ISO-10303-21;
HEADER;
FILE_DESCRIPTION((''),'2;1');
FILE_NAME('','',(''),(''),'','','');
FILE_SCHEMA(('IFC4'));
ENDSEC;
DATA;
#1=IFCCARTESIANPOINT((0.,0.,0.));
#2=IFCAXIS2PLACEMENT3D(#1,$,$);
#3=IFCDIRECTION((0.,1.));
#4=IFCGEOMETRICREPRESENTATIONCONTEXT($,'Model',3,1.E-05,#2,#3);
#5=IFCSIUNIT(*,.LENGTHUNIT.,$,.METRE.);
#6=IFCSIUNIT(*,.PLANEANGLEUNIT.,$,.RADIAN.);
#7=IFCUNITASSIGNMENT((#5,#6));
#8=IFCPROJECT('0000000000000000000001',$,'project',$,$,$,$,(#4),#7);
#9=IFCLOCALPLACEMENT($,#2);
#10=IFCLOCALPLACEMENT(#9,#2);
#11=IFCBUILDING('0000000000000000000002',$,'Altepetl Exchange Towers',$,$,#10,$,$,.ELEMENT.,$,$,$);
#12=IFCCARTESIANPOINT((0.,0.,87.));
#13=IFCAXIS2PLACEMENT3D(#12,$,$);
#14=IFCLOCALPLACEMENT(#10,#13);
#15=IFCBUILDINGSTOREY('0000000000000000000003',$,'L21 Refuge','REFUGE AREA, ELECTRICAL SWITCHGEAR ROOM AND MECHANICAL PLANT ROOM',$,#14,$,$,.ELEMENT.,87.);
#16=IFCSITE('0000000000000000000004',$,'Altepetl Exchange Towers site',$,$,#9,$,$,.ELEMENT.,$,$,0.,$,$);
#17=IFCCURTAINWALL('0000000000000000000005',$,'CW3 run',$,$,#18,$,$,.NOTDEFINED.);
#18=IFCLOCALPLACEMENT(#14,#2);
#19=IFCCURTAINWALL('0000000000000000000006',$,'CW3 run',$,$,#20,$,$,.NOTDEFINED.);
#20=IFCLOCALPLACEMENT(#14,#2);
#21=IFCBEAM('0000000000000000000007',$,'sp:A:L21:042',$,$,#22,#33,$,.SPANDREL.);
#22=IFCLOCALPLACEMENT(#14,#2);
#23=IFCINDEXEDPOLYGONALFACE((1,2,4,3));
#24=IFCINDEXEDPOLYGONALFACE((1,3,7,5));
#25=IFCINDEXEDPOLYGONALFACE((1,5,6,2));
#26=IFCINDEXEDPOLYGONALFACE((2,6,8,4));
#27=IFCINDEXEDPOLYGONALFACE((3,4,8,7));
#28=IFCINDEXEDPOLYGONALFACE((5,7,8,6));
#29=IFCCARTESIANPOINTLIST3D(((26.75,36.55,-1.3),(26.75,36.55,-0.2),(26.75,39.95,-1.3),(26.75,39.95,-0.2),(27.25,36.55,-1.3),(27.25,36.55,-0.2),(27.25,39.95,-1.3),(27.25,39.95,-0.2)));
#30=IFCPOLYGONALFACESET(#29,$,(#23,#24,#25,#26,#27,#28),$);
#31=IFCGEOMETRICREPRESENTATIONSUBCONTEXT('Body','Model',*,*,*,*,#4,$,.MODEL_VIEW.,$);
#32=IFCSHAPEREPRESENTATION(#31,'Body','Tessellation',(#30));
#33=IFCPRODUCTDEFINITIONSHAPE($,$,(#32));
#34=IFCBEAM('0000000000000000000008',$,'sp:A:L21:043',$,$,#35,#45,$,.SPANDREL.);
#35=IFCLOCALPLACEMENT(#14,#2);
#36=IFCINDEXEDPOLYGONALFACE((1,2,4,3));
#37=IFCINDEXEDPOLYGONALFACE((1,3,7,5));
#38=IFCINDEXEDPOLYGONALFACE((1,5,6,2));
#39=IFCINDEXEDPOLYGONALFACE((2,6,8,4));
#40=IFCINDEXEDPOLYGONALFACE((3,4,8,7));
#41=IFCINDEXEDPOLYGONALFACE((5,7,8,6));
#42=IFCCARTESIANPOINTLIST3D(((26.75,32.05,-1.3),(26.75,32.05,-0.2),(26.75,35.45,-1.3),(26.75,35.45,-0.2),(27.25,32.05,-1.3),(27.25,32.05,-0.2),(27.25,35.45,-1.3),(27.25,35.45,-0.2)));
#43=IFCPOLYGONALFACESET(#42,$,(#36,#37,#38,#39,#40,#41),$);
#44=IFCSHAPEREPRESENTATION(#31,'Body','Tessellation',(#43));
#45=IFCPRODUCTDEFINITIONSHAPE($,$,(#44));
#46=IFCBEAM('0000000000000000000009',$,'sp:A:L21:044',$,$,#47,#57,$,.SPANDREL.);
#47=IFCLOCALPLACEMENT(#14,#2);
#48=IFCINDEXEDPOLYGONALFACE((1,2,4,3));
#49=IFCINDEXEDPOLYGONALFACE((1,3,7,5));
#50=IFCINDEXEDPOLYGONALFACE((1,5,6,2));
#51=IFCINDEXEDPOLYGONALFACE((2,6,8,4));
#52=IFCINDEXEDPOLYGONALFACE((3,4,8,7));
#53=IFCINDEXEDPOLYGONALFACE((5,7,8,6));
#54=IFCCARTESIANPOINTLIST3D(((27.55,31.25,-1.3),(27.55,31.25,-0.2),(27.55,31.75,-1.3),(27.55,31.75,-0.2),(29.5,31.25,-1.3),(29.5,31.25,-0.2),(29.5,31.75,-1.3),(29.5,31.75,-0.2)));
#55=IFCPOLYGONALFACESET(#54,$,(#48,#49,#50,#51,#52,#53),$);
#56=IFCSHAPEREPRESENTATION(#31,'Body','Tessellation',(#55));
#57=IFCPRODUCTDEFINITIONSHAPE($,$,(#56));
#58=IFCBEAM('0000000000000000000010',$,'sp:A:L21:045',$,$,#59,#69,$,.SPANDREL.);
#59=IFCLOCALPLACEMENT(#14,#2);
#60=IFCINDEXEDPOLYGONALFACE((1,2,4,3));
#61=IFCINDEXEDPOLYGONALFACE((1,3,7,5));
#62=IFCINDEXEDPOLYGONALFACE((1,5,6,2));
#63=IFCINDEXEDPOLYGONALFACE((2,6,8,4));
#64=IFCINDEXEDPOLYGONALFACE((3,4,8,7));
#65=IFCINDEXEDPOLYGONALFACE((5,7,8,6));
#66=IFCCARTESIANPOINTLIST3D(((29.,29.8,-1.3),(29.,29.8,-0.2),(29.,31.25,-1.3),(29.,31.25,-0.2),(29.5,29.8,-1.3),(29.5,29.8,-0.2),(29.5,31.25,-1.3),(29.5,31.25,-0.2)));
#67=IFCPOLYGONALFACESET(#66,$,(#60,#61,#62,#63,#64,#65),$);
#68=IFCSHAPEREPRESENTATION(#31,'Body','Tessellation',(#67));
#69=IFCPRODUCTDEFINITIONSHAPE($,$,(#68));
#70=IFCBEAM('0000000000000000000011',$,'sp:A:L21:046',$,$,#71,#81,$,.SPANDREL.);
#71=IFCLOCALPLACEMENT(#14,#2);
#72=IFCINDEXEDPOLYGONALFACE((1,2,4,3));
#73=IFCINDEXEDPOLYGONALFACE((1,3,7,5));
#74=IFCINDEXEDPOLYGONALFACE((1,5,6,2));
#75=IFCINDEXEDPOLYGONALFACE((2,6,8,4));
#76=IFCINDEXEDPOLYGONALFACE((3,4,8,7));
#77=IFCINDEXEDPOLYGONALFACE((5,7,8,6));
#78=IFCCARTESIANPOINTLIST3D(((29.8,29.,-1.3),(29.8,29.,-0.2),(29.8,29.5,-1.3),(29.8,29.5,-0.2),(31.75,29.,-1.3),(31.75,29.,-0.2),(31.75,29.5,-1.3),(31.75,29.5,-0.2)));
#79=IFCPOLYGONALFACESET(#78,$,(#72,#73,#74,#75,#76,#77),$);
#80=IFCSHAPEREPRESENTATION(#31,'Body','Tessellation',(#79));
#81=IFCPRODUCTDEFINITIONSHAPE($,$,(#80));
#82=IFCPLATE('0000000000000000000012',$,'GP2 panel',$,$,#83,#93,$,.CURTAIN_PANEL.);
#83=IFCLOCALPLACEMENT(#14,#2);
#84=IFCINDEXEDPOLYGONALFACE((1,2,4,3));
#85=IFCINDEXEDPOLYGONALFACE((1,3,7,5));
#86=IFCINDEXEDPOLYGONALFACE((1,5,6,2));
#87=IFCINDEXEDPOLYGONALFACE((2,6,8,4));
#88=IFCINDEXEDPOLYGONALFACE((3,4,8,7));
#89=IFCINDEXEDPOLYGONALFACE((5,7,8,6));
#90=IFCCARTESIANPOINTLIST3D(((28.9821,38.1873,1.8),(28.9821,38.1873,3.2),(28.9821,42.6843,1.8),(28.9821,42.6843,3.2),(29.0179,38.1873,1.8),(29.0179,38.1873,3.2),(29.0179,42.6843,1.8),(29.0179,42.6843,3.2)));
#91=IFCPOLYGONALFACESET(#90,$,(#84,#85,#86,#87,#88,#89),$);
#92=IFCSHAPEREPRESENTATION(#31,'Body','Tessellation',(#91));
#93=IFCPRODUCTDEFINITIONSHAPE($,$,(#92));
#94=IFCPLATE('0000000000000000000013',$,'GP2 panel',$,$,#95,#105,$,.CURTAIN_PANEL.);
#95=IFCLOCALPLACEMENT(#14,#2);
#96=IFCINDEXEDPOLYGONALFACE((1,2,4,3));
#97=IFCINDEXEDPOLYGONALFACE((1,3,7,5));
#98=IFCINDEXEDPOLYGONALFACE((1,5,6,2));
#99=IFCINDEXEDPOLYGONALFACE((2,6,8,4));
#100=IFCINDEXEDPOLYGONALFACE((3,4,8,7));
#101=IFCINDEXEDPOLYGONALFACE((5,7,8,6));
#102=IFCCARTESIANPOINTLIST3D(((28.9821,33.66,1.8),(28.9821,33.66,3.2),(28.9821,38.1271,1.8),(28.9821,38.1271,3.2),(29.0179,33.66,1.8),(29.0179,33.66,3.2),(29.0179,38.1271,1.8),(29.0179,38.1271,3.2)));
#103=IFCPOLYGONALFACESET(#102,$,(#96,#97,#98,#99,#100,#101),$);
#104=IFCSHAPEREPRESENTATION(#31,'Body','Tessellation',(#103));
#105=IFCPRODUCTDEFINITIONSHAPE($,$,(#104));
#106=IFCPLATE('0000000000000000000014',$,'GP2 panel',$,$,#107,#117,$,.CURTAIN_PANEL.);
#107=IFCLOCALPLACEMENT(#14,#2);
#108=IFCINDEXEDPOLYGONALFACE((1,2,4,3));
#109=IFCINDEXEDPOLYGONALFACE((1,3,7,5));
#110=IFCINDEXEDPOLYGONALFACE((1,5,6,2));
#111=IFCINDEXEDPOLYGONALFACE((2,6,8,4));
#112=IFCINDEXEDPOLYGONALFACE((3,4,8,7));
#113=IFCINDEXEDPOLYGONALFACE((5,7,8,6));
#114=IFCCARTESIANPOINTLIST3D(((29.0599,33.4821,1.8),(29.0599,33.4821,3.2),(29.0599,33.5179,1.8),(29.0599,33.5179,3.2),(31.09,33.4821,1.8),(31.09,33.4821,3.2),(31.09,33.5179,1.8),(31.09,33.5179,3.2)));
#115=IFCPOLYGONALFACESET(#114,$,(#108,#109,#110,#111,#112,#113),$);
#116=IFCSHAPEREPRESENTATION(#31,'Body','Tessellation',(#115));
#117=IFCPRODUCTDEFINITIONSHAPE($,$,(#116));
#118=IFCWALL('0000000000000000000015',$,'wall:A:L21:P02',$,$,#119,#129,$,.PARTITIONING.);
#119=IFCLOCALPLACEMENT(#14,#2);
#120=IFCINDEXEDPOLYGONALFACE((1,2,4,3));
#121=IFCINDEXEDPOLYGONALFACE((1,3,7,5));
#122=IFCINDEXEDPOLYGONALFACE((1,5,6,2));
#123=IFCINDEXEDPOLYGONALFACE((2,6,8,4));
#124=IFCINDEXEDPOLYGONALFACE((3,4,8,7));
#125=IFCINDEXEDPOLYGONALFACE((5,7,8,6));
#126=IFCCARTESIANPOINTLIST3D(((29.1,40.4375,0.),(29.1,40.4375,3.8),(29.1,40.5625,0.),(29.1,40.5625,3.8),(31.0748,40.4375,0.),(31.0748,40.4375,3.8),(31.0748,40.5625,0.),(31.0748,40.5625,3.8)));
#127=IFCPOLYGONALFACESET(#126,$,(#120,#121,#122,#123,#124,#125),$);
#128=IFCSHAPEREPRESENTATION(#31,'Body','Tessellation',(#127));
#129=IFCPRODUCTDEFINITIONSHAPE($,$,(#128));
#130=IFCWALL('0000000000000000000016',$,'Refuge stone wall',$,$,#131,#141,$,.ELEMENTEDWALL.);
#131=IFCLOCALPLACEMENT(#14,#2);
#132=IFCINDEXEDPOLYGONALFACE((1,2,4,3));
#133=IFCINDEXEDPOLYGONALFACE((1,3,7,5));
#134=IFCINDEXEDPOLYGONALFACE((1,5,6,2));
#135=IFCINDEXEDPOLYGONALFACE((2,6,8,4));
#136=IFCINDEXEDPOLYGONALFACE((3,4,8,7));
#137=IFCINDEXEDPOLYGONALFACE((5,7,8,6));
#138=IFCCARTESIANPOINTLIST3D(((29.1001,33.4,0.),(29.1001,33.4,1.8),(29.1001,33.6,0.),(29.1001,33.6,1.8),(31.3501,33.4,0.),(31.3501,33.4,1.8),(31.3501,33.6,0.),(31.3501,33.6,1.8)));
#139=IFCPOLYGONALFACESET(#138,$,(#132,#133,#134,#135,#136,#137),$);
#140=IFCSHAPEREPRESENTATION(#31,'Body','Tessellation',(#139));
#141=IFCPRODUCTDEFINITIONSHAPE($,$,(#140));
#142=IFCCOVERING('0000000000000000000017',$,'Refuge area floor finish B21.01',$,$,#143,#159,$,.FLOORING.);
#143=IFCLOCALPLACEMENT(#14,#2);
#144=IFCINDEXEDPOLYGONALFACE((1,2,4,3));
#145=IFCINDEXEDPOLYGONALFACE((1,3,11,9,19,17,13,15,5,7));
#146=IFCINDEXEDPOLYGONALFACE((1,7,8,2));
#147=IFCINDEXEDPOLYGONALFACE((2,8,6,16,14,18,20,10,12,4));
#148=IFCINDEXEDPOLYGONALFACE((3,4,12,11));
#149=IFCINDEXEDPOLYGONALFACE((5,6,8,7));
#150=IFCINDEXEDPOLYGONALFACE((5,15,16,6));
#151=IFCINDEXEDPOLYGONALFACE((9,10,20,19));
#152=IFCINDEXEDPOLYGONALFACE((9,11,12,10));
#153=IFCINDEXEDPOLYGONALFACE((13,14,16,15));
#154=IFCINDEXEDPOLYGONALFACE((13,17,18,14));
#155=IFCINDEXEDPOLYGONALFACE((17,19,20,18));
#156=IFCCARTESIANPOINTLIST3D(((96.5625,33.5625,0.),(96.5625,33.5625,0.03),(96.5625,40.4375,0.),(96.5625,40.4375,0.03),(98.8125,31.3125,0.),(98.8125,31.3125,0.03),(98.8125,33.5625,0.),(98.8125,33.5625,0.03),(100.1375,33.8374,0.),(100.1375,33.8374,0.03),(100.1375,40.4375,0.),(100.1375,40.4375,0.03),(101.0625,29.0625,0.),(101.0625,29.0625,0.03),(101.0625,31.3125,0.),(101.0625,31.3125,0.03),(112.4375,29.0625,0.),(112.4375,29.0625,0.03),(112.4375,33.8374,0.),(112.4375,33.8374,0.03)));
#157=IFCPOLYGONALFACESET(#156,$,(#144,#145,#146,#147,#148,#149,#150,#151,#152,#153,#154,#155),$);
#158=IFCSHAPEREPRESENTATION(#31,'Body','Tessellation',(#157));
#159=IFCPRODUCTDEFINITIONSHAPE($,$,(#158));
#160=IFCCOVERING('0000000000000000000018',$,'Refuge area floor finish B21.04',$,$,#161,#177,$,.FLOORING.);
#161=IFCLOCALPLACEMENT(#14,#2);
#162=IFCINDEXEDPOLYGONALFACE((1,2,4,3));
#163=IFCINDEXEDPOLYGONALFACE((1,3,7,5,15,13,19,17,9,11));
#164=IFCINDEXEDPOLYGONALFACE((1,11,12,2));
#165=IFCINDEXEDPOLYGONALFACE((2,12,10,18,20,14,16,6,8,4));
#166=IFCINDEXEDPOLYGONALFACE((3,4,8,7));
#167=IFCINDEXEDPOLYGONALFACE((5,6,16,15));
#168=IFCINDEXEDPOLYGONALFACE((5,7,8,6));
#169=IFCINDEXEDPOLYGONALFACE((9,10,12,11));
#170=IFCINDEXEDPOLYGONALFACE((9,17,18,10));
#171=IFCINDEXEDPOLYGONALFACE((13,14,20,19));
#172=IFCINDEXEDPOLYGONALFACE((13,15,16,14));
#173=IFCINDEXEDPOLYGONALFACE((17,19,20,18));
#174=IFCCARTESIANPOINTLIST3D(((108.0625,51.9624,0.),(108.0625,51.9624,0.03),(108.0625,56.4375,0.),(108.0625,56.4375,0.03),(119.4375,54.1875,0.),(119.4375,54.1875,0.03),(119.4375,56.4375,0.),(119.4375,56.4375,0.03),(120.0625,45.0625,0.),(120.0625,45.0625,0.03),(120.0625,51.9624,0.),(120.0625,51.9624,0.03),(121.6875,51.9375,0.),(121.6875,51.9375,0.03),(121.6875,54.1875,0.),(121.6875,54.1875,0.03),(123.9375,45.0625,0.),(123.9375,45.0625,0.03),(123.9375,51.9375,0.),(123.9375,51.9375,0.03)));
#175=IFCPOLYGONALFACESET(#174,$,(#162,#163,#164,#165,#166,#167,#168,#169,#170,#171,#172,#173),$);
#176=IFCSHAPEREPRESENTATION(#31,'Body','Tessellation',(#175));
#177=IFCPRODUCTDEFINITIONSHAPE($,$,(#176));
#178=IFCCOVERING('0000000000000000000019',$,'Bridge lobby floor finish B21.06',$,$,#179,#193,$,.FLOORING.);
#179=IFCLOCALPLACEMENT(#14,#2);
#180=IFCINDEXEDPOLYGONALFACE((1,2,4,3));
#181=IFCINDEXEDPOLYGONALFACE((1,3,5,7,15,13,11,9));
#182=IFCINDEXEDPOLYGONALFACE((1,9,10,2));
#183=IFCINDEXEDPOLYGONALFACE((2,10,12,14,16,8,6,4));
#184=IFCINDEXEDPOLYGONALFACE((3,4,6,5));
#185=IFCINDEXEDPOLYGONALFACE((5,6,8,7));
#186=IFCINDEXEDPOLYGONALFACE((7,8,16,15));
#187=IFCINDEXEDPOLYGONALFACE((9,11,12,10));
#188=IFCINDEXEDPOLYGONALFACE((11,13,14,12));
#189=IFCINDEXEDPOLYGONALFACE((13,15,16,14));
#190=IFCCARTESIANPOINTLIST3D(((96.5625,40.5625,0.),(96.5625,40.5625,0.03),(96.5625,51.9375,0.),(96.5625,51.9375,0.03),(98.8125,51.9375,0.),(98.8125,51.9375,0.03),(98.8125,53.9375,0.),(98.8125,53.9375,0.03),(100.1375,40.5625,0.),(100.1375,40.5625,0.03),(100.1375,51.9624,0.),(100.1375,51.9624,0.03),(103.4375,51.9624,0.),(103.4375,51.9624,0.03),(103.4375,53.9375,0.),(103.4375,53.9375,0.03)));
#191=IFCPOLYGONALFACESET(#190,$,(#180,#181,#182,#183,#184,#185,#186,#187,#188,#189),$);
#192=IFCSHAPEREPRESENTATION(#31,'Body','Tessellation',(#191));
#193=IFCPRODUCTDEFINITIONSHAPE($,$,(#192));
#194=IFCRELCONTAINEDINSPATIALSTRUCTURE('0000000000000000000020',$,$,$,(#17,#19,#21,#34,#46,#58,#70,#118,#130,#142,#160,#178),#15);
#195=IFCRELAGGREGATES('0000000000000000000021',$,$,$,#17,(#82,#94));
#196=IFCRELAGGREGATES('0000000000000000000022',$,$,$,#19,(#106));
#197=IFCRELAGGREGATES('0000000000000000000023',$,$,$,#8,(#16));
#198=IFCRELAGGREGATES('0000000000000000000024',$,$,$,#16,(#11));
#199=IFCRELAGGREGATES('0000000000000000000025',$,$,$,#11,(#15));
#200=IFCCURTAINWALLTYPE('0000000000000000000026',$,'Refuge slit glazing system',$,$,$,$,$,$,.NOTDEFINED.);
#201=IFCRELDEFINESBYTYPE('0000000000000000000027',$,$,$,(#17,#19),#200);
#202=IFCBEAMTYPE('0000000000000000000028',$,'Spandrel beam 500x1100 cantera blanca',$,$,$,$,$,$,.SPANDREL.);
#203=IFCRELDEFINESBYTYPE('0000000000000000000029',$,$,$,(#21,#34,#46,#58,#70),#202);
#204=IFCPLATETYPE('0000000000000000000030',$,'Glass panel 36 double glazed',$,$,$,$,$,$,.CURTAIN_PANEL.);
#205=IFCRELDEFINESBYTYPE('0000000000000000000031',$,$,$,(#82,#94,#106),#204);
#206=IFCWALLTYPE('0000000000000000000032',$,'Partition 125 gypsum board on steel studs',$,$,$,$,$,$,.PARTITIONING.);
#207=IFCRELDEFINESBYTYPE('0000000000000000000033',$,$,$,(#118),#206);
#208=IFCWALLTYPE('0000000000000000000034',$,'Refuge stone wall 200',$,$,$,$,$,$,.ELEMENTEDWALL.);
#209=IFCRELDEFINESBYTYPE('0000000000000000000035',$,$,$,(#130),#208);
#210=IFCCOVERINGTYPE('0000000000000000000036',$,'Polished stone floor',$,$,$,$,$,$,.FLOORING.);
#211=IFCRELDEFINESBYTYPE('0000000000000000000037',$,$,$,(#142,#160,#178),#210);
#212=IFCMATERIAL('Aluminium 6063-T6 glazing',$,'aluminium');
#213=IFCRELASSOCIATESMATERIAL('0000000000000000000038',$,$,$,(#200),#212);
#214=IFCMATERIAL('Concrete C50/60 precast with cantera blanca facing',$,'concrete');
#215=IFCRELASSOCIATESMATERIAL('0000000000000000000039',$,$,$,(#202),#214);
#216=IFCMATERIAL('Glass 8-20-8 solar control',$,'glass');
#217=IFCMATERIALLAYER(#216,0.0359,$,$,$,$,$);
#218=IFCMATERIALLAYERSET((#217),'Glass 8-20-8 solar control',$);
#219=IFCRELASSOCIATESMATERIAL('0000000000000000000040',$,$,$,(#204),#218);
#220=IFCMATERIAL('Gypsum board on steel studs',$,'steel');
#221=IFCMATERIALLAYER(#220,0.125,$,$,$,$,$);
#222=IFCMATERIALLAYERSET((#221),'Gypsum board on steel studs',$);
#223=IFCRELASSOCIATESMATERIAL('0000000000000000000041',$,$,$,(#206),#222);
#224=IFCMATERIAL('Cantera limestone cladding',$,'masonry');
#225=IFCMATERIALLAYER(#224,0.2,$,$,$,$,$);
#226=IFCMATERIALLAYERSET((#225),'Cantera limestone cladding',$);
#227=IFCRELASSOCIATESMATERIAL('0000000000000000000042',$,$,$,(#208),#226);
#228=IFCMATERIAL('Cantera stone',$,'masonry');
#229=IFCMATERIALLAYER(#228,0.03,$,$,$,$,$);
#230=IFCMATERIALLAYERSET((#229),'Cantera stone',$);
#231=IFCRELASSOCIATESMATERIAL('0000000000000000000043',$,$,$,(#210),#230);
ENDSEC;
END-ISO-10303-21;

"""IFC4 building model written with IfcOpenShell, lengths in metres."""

from ifc_helpers import new_model, si_unit, direction, frame, frame_2d, origin, origin_2d, place, context, subcontext, project, spatial, polyline, rectangle, outline, extrude, material, layer, layer_set, material_profile, profile_set, type_object, element, aggregate, save


model = new_model("IFC4")

# Units and contexts
model_context = context("Model", 3, precision=1e-05, world=origin(), true_north=direction((0.0, 1.0)))
body_context = subcontext(model_context, "Body", "Model", "MODEL_VIEW")
ifc_project = project(units=[si_unit("LENGTHUNIT", "METRE"), si_unit("PLANEANGLEUNIT", "RADIAN")], contexts=[model_context])

# Site, building, storey
site_placement = place(None, origin())
site = spatial("IfcSite", under=ifc_project, at=site_placement, Name="Altepetl Exchange Towers site", CompositionType="ELEMENT", RefElevation=0.0)
building_placement = place(site_placement, origin())
building = spatial("IfcBuilding", under=site, at=building_placement, Name="Altepetl Exchange Towers", CompositionType="ELEMENT")
storey_placement = place(building_placement, frame((0.0, 0.0, 87.0)))
storey = spatial("IfcBuildingStorey", under=building, at=storey_placement, Name="L21 Refuge", Description="REFUGE AREA, ELECTRICAL SWITCHGEAR ROOM AND MECHANICAL PLANT ROOM", CompositionType="ELEMENT", Elevation=87.0)

# Curtain walls
ifc_material_1 = material(Name="Aluminium 6063-T6 glazing", Category="aluminium")
curtain_wall_type = type_object("IfcCurtainWallType", Name="Refuge slit glazing system", PredefinedType="NOTDEFINED", material=ifc_material_1)
curtain_wall_1_placement = place(storey_placement, origin())
curtain_wall_1 = element("IfcCurtainWall", 1, at=curtain_wall_1_placement, inside=storey, type_object=curtain_wall_type, Name="CW3 run", PredefinedType="NOTDEFINED")
curtain_wall_2_placement = place(storey_placement, origin())
curtain_wall_2 = element("IfcCurtainWall", 2, at=curtain_wall_2_placement, inside=storey, type_object=curtain_wall_type, Name="CW3 run", PredefinedType="NOTDEFINED")

# Beams
ifc_material_2 = material(Name="Concrete C50/60 precast with cantera blanca facing", Category="concrete")
ifc_material_profile_1 = material_profile(ifc_material_2, rectangle(XDim=0.5, YDim=1.1001, at=origin_2d()), Name="500 x 1100")
ifc_profile_set_1 = profile_set([ifc_material_profile_1], Name="Concrete C50/60 precast with cantera blanca facing")
beam_type_1 = type_object("IfcBeamType", Name="Spandrel beam 500x1100 cantera blanca", PredefinedType="SPANDREL", material=ifc_profile_set_1)
for number, where, z_axis, x_axis, name in (
    (3, (27.0, 39.95, -0.75), (0.0, -1.0, 0.0), (1.0, 0.0, 0.0), "sp:A:L21:042"),
    (4, (27.0, 35.45, -0.75), (0.0, -1.0, 0.0), (1.0, 0.0, 0.0), "sp:A:L21:043"),
):
    element("IfcBeam", number, at=place(storey_placement, frame(where, z_axis=z_axis, x_axis=x_axis)), inside=storey, type_object=beam_type_1, Name=name, PredefinedType="SPANDREL", context=body_context, shape_type="SweptSolid", body=[
        extrude(rectangle(XDim=0.5, YDim=1.1001, at=origin_2d()), origin(), (0.0, 0.0, 1.0), 3.3999),
    ])
beam_1_placement = place(storey_placement, frame((27.55, 31.5, -0.75), z_axis=(1.0, 0.0, 0.0), x_axis=(0.0, 1.0, 0.0)))
element("IfcBeam", 5, at=beam_1_placement, inside=storey, type_object=beam_type_1, Name="sp:A:L21:044", PredefinedType="SPANDREL", context=body_context, shape_type="SweptSolid", body=[
    extrude(rectangle(XDim=0.5, YDim=1.1001, at=origin_2d()), origin(), (0.0, 0.0, 1.0), 1.95),
])
beam_2_placement = place(storey_placement, frame((29.25, 31.25, -0.75), z_axis=(0.0, -1.0, 0.0), x_axis=(1.0, 0.0, 0.0)))
element("IfcBeam", 6, at=beam_2_placement, inside=storey, type_object=beam_type_1, Name="sp:A:L21:045", PredefinedType="SPANDREL", context=body_context, shape_type="SweptSolid", body=[
    extrude(rectangle(XDim=0.5, YDim=1.1001, at=origin_2d()), origin(), (0.0, 0.0, 1.0), 1.45),
])
beam_3_placement = place(storey_placement, frame((29.8, 29.25, -0.75), z_axis=(1.0, 0.0, 0.0), x_axis=(0.0, 1.0, 0.0)))
element("IfcBeam", 7, at=beam_3_placement, inside=storey, type_object=beam_type_1, Name="sp:A:L21:046", PredefinedType="SPANDREL", context=body_context, shape_type="SweptSolid", body=[
    extrude(rectangle(XDim=0.5, YDim=1.1001, at=origin_2d()), origin(), (0.0, 0.0, 1.0), 1.95),
])

# Plates
ifc_material_3 = material(Name="Glass 8-20-8 solar control", Category="glass")
ifc_layer_1 = layer(ifc_material_3, 0.0359)
ifc_layer_set_1 = layer_set([ifc_layer_1], Name="Glass 8-20-8 solar control")
plate_type = type_object("IfcPlateType", Name="Glass panel 36 double glazed", PredefinedType="CURTAIN_PANEL", material=ifc_layer_set_1)
plate_1_placement = place(storey_placement, frame((29.0, 40.4358, 1.8), z_axis=(0.0, 0.0, 1.0), x_axis=(0.0, -1.0, 0.0)))
plate_1 = element("IfcPlate", 8, at=plate_1_placement, type_object=plate_type, Name="GP2 panel", PredefinedType="CURTAIN_PANEL", context=body_context, shape_type="SweptSolid", body=[
    extrude(rectangle(XDim=4.4971, YDim=0.0359, at=origin_2d()), origin(), (0.0, 0.0, 1.0), 1.3999),
])
plate_2_placement = place(storey_placement, frame((29.0, 35.8936, 1.8), z_axis=(0.0, 0.0, 1.0), x_axis=(0.0, -1.0, 0.0)))
plate_2 = element("IfcPlate", 9, at=plate_2_placement, type_object=plate_type, Name="GP2 panel", PredefinedType="CURTAIN_PANEL", context=body_context, shape_type="SweptSolid", body=[
    extrude(rectangle(XDim=4.467, YDim=0.0359, at=origin_2d()), origin(), (0.0, 0.0, 1.0), 1.3999),
])
aggregate(curtain_wall_1, [plate_1, plate_2])
plate_3_placement = place(storey_placement, frame((30.075, 33.5, 1.8)))
plate_3 = element("IfcPlate", 10, at=plate_3_placement, type_object=plate_type, Name="GP2 panel", PredefinedType="CURTAIN_PANEL", context=body_context, shape_type="SweptSolid", body=[
    extrude(rectangle(XDim=2.03, YDim=0.0359, at=origin_2d()), origin(), (0.0, 0.0, 1.0), 1.3999),
])
aggregate(curtain_wall_2, [plate_3])

# Walls
ifc_material_4 = material(Name="Gypsum board on steel studs", Category="steel")
ifc_layer_2 = layer(ifc_material_4, 0.125)
ifc_layer_set_2 = layer_set([ifc_layer_2], Name="Gypsum board on steel studs")
wall_type_1 = type_object("IfcWallType", Name="Partition 125 gypsum board on steel studs", PredefinedType="PARTITIONING", material=ifc_layer_set_2)
wall_1_placement = place(storey_placement, frame((29.1001, 40.5, 0.0)))
element("IfcWall", 11, at=wall_1_placement, inside=storey, type_object=wall_type_1, Name="wall:A:L21:P02", PredefinedType="PARTITIONING", context=body_context, shape_type="SweptSolid", body=[
    extrude(rectangle(XDim=1.9749, YDim=0.125, at=frame_2d((0.9873, 0.0))), origin(), (0.0, 0.0, 1.0), 3.8),
])
ifc_material_5 = material(Name="Cantera limestone cladding", Category="masonry")
ifc_layer_3 = layer(ifc_material_5, 0.2)
ifc_layer_set_3 = layer_set([ifc_layer_3], Name="Cantera limestone cladding")
wall_type_2 = type_object("IfcWallType", Name="Refuge stone wall 200", PredefinedType="ELEMENTEDWALL", material=ifc_layer_set_3)
wall_2_placement = place(storey_placement, frame((29.1001, 33.5, 0.0)))
element("IfcWall", 12, at=wall_2_placement, inside=storey, type_object=wall_type_2, Name="Refuge stone wall", PredefinedType="ELEMENTEDWALL", context=body_context, shape_type="SweptSolid", body=[
    extrude(rectangle(XDim=2.25, YDim=0.2, at=frame_2d((1.125, 0.0))), origin(), (0.0, 0.0, 1.0), 1.8),
])

# Coverings
ifc_material_6 = material(Name="Cantera stone", Category="masonry")
ifc_layer_4 = layer(ifc_material_6, 0.03)
ifc_layer_set_4 = layer_set([ifc_layer_4], Name="Cantera stone")
covering_type_1 = type_object("IfcCoveringType", Name="Polished stone floor", PredefinedType="FLOORING", material=ifc_layer_set_4)
covering_1_placement = place(storey_placement, origin())
element("IfcCovering", 13, at=covering_1_placement, inside=storey, type_object=covering_type_1, Name="Refuge area floor finish B21.01", PredefinedType="FLOORING", context=body_context, shape_type="SweptSolid", body=[
    extrude(outline(polyline([(112.4375, 29.0625), (112.4375, 33.8374), (100.1375, 33.8374), (100.1375, 40.4375), (96.5625, 40.4375), (96.5625, 33.5625), (98.8125, 33.5625), (98.8125, 31.3125), (101.0625, 31.3125), (101.0625, 29.0625), (112.4375, 29.0625)])), origin(), (0.0, 0.0, 1.0), 0.03),
])
covering_2_placement = place(storey_placement, origin())
element("IfcCovering", 14, at=covering_2_placement, inside=storey, type_object=covering_type_1, Name="Refuge area floor finish B21.04", PredefinedType="FLOORING", context=body_context, shape_type="SweptSolid", body=[
    extrude(outline(polyline([(108.0625, 56.4375), (108.0625, 51.9624), (120.0625, 51.9624), (120.0625, 45.0625), (123.9375, 45.0625), (123.9375, 51.9375), (121.6875, 51.9375), (121.6875, 54.1875), (119.4375, 54.1875), (119.4375, 56.4375), (108.0625, 56.4375)])), origin(), (0.0, 0.0, 1.0), 0.03),
])
covering_3_placement = place(storey_placement, origin())
element("IfcCovering", 15, at=covering_3_placement, inside=storey, type_object=covering_type_1, Name="Bridge lobby floor finish B21.06", PredefinedType="FLOORING", context=body_context, shape_type="SweptSolid", body=[
    extrude(outline(polyline([(96.5625, 51.9375), (96.5625, 40.5625), (100.1375, 40.5625), (100.1375, 51.9624), (103.4375, 51.9624), (103.4375, 53.9375), (98.8125, 53.9375), (98.8125, 51.9375), (96.5625, 51.9375)])), origin(), (0.0, 0.0, 1.0), 0.03),
])

save(model, "model.ifc")
